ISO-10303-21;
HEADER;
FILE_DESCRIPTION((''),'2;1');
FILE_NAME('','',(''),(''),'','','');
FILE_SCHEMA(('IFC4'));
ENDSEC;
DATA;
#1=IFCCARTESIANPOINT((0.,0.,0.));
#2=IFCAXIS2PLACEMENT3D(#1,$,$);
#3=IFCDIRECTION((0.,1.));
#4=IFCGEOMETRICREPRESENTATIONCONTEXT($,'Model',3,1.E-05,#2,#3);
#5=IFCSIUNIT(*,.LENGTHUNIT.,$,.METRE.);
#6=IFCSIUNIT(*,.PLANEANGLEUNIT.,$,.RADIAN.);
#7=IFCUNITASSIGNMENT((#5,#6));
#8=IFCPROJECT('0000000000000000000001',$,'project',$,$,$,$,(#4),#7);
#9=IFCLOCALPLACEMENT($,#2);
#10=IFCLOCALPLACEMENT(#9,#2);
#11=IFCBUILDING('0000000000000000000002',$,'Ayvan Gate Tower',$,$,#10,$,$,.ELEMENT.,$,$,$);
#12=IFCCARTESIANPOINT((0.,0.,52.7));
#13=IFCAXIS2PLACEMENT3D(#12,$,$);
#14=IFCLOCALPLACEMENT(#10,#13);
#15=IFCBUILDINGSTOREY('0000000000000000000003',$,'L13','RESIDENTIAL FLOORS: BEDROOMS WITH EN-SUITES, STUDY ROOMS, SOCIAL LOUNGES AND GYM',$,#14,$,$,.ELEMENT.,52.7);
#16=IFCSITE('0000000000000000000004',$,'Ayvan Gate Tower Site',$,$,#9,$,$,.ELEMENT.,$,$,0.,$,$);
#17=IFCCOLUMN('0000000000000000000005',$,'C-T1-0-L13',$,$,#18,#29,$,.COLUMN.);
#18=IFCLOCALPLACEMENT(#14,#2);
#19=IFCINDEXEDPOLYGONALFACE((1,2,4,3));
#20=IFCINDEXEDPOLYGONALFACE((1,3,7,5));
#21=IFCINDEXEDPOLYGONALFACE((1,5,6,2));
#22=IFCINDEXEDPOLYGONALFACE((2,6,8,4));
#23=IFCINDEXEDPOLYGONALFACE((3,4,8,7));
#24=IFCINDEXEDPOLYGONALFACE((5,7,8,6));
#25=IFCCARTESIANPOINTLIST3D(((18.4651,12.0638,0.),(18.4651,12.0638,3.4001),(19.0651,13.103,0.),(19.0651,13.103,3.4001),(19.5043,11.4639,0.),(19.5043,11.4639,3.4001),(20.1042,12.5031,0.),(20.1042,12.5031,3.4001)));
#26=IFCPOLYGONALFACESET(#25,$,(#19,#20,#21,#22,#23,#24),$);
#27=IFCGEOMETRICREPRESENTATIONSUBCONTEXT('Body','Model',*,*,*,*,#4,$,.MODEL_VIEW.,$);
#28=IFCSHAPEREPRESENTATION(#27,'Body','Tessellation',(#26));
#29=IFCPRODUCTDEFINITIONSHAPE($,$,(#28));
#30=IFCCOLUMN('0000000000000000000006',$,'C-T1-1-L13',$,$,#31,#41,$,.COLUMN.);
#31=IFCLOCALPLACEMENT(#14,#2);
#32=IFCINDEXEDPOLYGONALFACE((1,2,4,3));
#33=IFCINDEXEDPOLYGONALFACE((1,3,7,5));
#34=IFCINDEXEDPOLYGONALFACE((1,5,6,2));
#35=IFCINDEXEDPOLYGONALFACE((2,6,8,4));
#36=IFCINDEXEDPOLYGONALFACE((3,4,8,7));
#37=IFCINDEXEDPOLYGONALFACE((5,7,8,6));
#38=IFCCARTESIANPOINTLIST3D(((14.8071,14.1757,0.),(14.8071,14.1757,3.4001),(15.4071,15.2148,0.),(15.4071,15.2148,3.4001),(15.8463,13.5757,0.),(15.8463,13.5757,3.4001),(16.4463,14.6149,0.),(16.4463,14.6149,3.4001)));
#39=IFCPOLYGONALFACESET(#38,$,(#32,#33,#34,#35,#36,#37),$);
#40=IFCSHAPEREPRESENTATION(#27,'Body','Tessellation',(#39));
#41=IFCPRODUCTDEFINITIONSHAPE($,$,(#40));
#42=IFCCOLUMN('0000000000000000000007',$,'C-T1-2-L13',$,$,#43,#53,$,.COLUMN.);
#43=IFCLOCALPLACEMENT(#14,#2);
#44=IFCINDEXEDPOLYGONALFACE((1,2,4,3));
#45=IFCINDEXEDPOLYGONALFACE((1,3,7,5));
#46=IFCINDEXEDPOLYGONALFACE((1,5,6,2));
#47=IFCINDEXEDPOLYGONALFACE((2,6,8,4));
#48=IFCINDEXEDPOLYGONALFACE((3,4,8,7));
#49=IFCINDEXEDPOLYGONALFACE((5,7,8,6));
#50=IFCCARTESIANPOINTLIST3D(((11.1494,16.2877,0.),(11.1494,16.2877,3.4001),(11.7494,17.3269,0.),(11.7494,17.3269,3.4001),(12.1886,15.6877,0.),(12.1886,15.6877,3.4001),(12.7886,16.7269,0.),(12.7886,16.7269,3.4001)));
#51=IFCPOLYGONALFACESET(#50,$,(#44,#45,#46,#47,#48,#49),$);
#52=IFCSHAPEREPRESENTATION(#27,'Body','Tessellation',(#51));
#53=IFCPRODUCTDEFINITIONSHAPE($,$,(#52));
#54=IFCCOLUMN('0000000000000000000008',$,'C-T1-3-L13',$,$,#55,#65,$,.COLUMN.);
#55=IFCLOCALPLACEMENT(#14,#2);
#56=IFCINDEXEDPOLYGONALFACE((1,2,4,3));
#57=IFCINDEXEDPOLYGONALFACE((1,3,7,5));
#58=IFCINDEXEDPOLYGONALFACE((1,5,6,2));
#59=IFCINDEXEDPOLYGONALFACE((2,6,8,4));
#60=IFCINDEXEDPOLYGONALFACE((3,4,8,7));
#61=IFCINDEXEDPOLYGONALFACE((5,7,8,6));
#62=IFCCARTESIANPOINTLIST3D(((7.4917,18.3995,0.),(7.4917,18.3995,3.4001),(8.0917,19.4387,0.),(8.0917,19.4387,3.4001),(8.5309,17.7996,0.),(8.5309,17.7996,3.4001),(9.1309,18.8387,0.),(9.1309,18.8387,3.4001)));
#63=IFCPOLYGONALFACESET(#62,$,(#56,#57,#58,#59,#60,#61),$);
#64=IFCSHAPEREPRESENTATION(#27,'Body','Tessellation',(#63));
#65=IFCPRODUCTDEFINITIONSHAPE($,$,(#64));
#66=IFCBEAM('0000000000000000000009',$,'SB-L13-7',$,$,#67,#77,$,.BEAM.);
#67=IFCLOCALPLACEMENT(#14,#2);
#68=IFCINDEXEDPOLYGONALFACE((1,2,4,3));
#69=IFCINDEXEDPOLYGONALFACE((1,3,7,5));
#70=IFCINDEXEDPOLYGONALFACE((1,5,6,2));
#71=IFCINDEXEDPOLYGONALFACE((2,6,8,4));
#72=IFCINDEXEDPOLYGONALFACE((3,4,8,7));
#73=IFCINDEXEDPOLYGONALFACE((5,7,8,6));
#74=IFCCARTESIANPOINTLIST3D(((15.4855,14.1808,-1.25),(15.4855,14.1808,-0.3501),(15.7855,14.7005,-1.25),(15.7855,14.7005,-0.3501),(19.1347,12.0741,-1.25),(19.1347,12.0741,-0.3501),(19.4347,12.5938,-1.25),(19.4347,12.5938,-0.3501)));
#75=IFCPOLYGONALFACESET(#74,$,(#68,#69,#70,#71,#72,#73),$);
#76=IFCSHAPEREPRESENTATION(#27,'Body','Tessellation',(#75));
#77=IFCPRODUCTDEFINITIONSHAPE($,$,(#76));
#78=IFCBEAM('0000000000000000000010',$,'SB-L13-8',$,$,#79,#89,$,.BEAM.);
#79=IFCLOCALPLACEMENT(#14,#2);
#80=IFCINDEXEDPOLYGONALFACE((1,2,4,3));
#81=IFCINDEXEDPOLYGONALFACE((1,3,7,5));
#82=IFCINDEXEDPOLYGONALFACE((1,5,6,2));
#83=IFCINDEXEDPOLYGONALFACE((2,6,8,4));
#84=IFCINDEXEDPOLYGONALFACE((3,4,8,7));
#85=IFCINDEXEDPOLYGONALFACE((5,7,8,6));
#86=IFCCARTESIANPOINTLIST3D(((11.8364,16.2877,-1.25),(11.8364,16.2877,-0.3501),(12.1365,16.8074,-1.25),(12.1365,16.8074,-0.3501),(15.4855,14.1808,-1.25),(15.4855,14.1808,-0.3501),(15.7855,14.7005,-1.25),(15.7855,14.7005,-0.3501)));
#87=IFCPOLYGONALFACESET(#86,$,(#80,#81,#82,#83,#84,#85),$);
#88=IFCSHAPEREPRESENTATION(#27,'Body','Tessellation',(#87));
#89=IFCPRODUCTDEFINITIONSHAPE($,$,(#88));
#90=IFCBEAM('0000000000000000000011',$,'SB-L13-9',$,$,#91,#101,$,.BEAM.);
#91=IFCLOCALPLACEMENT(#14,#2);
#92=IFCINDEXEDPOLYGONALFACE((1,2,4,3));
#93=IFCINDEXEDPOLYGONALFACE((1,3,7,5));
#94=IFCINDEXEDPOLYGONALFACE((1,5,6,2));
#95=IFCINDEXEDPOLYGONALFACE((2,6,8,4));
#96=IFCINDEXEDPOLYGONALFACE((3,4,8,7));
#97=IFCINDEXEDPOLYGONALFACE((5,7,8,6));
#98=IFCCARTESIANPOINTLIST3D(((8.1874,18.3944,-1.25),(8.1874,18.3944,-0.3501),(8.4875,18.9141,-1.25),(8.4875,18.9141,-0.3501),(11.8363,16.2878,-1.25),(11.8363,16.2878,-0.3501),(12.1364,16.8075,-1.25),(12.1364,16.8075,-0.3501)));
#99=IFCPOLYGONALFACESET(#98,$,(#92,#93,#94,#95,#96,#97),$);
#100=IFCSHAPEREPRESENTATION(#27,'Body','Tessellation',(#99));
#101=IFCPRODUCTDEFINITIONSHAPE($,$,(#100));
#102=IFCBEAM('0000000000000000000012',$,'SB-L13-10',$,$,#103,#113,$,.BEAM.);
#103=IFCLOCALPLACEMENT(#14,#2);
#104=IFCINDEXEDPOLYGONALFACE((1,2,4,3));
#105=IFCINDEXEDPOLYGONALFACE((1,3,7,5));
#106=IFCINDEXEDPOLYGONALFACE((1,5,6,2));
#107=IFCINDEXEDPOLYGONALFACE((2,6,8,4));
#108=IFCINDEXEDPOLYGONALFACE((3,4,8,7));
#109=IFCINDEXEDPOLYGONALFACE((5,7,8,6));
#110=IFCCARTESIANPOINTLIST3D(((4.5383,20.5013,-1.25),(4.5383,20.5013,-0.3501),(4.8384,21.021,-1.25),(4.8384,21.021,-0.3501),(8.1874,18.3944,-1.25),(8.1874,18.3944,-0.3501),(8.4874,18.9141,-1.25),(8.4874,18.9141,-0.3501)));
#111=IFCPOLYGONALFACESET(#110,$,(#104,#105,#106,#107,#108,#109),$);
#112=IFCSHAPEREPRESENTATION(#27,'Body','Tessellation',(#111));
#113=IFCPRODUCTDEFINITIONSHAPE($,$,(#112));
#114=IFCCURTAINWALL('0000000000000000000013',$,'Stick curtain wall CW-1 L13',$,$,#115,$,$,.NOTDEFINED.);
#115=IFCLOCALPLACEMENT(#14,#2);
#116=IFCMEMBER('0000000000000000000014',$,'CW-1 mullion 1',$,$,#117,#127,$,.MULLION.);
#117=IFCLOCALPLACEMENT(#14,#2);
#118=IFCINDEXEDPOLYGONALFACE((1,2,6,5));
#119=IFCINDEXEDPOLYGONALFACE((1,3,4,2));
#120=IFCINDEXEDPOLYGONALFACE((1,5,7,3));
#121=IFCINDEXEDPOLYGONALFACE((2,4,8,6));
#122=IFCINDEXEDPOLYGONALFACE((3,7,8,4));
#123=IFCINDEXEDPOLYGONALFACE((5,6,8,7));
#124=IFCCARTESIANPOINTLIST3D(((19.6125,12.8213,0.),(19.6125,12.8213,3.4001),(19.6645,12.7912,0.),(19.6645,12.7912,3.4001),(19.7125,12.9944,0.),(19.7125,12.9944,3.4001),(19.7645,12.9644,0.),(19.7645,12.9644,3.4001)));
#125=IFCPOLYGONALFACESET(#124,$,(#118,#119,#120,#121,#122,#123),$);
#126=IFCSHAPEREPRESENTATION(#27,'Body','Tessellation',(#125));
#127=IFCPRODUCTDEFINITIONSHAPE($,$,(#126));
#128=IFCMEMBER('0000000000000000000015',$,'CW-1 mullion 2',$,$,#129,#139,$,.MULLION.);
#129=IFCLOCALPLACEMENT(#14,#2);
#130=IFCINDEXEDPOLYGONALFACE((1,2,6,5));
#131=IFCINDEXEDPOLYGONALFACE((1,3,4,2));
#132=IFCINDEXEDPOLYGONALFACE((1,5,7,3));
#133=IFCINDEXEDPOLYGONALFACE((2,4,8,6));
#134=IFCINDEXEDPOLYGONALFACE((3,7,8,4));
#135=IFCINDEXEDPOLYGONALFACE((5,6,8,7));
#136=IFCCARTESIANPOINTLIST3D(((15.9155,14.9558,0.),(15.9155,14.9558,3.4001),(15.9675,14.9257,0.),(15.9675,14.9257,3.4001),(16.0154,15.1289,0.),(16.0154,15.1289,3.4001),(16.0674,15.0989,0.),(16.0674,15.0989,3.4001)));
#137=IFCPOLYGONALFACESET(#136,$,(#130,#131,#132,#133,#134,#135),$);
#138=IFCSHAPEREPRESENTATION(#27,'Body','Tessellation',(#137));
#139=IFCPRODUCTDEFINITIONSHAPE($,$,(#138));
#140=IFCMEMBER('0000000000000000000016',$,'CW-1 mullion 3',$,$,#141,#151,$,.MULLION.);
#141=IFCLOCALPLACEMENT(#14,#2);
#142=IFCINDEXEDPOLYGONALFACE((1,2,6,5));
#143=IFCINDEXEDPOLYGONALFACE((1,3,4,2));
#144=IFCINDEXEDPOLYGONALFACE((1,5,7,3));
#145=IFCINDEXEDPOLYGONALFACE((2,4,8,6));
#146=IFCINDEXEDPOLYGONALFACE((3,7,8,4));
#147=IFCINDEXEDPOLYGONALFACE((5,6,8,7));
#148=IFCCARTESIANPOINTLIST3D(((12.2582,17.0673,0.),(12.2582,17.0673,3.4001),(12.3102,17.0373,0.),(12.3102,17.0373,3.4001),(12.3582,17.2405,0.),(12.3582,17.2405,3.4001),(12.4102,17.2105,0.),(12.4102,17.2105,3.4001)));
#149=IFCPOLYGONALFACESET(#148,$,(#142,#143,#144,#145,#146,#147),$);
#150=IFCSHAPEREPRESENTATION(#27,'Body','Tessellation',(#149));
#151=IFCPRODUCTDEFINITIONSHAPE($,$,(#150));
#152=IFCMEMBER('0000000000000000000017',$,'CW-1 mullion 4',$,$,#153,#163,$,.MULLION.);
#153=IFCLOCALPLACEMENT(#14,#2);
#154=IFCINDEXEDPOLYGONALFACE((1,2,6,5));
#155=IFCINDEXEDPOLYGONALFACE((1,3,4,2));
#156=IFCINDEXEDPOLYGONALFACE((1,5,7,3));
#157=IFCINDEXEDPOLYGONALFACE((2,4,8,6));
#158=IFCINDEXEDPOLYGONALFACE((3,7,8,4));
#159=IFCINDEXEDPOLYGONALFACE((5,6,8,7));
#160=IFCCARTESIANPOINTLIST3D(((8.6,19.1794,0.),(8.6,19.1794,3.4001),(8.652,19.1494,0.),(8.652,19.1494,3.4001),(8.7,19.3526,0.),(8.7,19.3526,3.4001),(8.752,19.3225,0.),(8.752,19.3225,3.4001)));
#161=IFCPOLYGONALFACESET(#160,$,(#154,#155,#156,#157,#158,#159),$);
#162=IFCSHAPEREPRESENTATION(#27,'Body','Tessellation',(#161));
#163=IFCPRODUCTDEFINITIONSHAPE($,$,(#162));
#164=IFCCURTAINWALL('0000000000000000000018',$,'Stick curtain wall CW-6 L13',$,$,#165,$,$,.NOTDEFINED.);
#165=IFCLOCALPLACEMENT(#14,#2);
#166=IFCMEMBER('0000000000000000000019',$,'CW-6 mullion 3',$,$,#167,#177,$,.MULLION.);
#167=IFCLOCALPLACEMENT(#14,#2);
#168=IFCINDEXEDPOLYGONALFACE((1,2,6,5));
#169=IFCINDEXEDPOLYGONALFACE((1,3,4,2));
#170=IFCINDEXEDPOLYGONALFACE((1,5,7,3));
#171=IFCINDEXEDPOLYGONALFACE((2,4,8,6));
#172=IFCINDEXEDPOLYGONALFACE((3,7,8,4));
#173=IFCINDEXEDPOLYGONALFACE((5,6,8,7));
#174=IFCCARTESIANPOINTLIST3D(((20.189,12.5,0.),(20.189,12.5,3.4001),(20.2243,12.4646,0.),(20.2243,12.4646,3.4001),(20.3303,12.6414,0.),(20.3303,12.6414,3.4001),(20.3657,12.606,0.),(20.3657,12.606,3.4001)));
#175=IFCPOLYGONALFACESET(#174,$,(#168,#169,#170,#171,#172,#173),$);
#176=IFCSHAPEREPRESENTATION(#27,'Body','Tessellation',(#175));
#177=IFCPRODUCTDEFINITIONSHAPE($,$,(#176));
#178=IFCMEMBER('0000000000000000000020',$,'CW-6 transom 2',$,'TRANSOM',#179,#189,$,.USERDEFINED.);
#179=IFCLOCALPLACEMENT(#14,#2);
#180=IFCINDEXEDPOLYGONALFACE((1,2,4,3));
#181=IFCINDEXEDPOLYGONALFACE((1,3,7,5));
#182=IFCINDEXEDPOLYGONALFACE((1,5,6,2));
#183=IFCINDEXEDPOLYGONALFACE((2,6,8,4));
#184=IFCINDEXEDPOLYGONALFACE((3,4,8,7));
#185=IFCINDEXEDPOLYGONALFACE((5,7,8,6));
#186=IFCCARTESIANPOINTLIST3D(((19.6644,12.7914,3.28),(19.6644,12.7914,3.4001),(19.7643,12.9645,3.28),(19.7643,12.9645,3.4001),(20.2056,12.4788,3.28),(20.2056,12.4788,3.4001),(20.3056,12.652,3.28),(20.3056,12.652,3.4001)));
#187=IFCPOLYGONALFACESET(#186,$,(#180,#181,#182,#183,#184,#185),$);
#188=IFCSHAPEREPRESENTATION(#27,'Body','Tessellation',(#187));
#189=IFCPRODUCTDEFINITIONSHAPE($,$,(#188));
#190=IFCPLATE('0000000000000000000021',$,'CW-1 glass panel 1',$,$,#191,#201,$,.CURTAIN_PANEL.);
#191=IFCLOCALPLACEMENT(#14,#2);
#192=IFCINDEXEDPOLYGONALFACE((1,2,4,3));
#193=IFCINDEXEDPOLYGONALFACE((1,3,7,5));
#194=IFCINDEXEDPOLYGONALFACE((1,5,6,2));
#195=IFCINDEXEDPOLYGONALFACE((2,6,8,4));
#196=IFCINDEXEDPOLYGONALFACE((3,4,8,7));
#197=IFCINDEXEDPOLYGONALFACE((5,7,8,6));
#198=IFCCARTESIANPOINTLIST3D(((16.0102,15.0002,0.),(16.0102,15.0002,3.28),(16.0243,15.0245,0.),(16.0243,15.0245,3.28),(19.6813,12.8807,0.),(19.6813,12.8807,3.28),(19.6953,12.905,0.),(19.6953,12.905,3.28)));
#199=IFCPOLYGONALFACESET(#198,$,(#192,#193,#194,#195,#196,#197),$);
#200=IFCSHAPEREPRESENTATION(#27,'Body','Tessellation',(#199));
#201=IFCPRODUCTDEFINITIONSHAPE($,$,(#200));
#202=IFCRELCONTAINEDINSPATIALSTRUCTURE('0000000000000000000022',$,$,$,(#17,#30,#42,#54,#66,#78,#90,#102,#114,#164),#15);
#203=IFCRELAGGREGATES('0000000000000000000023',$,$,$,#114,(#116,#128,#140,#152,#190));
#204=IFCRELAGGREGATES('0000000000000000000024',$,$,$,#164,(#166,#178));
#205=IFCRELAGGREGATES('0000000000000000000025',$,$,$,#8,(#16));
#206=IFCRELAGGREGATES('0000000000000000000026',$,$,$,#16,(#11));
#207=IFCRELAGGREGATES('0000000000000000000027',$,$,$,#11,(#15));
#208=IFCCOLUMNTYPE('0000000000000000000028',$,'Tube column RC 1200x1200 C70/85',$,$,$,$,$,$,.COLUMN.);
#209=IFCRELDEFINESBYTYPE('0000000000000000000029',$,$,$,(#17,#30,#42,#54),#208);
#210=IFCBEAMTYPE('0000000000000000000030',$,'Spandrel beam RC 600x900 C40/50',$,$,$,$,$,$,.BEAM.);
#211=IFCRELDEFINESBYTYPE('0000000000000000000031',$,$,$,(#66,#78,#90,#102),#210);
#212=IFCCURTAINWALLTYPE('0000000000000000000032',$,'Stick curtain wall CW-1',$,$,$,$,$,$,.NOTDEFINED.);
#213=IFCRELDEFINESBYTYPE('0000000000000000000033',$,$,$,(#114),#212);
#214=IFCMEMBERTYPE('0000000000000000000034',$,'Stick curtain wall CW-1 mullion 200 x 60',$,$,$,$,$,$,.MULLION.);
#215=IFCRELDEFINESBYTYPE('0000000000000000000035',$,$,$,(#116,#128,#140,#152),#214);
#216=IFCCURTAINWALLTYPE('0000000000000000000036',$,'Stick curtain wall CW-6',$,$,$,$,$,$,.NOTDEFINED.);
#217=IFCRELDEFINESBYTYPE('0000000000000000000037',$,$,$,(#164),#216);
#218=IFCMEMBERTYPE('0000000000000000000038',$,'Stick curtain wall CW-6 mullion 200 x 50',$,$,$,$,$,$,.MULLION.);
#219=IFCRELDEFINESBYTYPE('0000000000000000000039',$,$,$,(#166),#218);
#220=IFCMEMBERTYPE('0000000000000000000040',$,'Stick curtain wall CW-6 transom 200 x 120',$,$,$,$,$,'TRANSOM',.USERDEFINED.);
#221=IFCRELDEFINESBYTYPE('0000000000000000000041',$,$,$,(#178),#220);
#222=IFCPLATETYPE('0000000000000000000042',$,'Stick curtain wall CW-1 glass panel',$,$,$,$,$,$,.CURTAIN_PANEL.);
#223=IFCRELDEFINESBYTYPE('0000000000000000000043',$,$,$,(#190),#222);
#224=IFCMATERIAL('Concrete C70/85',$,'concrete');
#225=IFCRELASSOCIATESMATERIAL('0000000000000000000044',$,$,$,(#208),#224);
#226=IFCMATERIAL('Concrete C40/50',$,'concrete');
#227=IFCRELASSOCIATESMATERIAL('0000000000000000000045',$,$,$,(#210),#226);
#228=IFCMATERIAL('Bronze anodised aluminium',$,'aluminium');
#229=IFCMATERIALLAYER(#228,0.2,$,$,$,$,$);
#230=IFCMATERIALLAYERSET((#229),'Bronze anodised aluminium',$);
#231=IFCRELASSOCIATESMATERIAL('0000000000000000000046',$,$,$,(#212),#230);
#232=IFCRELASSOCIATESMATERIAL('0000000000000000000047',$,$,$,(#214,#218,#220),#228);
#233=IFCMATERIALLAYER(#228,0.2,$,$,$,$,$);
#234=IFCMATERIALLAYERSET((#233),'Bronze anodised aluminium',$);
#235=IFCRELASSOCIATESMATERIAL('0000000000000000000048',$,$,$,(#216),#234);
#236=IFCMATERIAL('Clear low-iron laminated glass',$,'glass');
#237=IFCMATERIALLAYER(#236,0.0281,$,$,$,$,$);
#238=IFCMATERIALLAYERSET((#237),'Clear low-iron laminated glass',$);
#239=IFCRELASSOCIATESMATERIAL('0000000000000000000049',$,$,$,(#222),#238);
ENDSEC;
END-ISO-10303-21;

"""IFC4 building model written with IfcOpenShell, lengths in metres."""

from ifc_helpers import new_model, si_unit, direction, frame, origin, origin_2d, place, context, subcontext, project, spatial, rectangle, extrude, material, layer, layer_set, material_profile, profile_set, type_object, element, aggregate, save


model = new_model("IFC4")

# Units and contexts
model_context = context("Model", 3, precision=1e-05, world=origin(), true_north=direction((0.0, 1.0)))
body_context = subcontext(model_context, "Body", "Model", "MODEL_VIEW")
ifc_project = project(units=[si_unit("LENGTHUNIT", "METRE"), si_unit("PLANEANGLEUNIT", "RADIAN")], contexts=[model_context])

# Site, building, storey
site_placement = place(None, origin())
site = spatial("IfcSite", under=ifc_project, at=site_placement, Name="Ayvan Gate Tower Site", CompositionType="ELEMENT", RefElevation=0.0)
building_placement = place(site_placement, origin())
building = spatial("IfcBuilding", under=site, at=building_placement, Name="Ayvan Gate Tower", CompositionType="ELEMENT")
storey_placement = place(building_placement, frame((0.0, 0.0, 52.7)))
storey = spatial("IfcBuildingStorey", under=building, at=storey_placement, Name="L13", Description="RESIDENTIAL FLOORS: BEDROOMS WITH EN-SUITES, STUDY ROOMS, SOCIAL LOUNGES AND GYM", CompositionType="ELEMENT", Elevation=52.7)

# Columns
ifc_material_1 = material(Name="Concrete C70/85", Category="concrete")
ifc_material_profile_1 = material_profile(ifc_material_1, rectangle(XDim=1.2, YDim=1.2, at=origin_2d()), Name="RC 1200x1200")
ifc_profile_set_1 = profile_set([ifc_material_profile_1], Name="Concrete C70/85")
column_type = type_object("IfcColumnType", Name="Tube column RC 1200x1200 C70/85", PredefinedType="COLUMN", material=ifc_profile_set_1)
for number, where, z_axis, x_axis, name in (
    (1, (19.2847, 12.2834, 0.0), (0.0, 0.0, 1.0), (0.5, 0.866025, 0.0), "C-T1-0-L13"),
    (2, (15.6267, 14.3953, 0.0), (0.0, 0.0, 1.0), (0.5, 0.866025, 0.0), "C-T1-1-L13"),
    (3, (11.969, 16.5073, 0.0), (0.0, 0.0, 1.0), (0.5, 0.866025, 0.0), "C-T1-2-L13"),
    (4, (8.3113, 18.6191, 0.0), (0.0, 0.0, 1.0), (0.5, 0.866025, 0.0), "C-T1-3-L13"),
):
    element("IfcColumn", number, at=place(storey_placement, frame(where, z_axis=z_axis, x_axis=x_axis)), inside=storey, type_object=column_type, Name=name, PredefinedType="COLUMN", context=body_context, shape_type="SweptSolid", body=[
        extrude(rectangle(XDim=1.2, YDim=1.2, at=origin_2d()), origin(), (0.0, 0.0, 1.0), 3.4001),
    ])

# Beams
ifc_material_2 = material(Name="Concrete C40/50", Category="concrete")
ifc_material_profile_2 = material_profile(ifc_material_2, rectangle(XDim=0.6001, YDim=0.8999, at=origin_2d()), Name="RC 600x900")
ifc_profile_set_2 = profile_set([ifc_material_profile_2], Name="Concrete C40/50")
beam_type = type_object("IfcBeamType", Name="Spandrel beam RC 600x900 C40/50", PredefinedType="BEAM", material=ifc_profile_set_2)
for number, where, z_axis, x_axis, name in (
    (5, (19.2847, 12.334, -0.8), (-0.866042, 0.499972, 0.0), (-0.499972, -0.866042, 0.0), "SB-L13-7"),
    (6, (15.6355, 14.4407, -0.8), (-0.866017, 0.500015, 0.0), (-0.500015, -0.866017, 0.0), "SB-L13-8"),
):
    element("IfcBeam", number, at=place(storey_placement, frame(where, z_axis=z_axis, x_axis=x_axis)), inside=storey, type_object=beam_type, Name=name, PredefinedType="BEAM", context=body_context, shape_type="SweptSolid", body=[
        extrude(rectangle(XDim=0.6001, YDim=0.8999, at=origin_2d()), origin(), (0.0, 0.0, 1.0), 4.2136),
    ])
beam_1_placement = place(storey_placement, frame((11.9863, 16.5476, -0.8), z_axis=(-0.866027, 0.499997, 0.0), x_axis=(-0.499997, -0.866027, 0.0)))
element("IfcBeam", 7, at=beam_1_placement, inside=storey, type_object=beam_type, Name="SB-L13-9", PredefinedType="BEAM", context=body_context, shape_type="SweptSolid", body=[
    extrude(rectangle(XDim=0.6001, YDim=0.8999, at=origin_2d()), origin(), (0.0, 0.0, 1.0), 4.2134),
])
beam_2_placement = place(storey_placement, frame((8.3374, 18.6543, -0.8), z_axis=(-0.866017, 0.500015, 0.0), x_axis=(-0.500015, -0.866017, 0.0)))
element("IfcBeam", 8, at=beam_2_placement, inside=storey, type_object=beam_type, Name="SB-L13-10", PredefinedType="BEAM", context=body_context, shape_type="SweptSolid", body=[
    extrude(rectangle(XDim=0.6001, YDim=0.8999, at=origin_2d()), origin(), (0.0, 0.0, 1.0), 4.2136),
])

# Curtain walls, members
ifc_material_3 = material(Name="Bronze anodised aluminium", Category="aluminium")
ifc_layer_1 = layer(ifc_material_3, 0.2)
ifc_layer_set_1 = layer_set([ifc_layer_1], Name="Bronze anodised aluminium")
curtain_wall_type_1 = type_object("IfcCurtainWallType", Name="Stick curtain wall CW-1", PredefinedType="NOTDEFINED", material=ifc_layer_set_1)
curtain_wall_1_placement = place(storey_placement, origin())
curtain_wall_1 = element("IfcCurtainWall", 9, at=curtain_wall_1_placement, inside=storey, type_object=curtain_wall_type_1, Name="Stick curtain wall CW-1 L13", PredefinedType="NOTDEFINED")
ifc_material_profile_3 = material_profile(ifc_material_3, rectangle(XDim=0.2, YDim=0.0601, at=origin_2d()), Name="Stick curtain wall CW-1 mullion 200 x 60")
ifc_profile_set_3 = profile_set([ifc_material_profile_3], Name="Bronze anodised aluminium")
member_type_1 = type_object("IfcMemberType", Name="Stick curtain wall CW-1 mullion 200 x 60", PredefinedType="MULLION", material=ifc_profile_set_3)
member_1_placement = place(storey_placement, frame((19.6885, 12.8928, 0.0), z_axis=(0.0, 0.0, 1.0), x_axis=(0.5, 0.866025, 0.0)))
member_1 = element("IfcMember", 10, at=member_1_placement, type_object=member_type_1, Name="CW-1 mullion 1", PredefinedType="MULLION", context=body_context, shape_type="SweptSolid", body=[
    extrude(rectangle(XDim=0.2, YDim=0.0601, at=origin_2d()), origin(), (0.0, 0.0, 1.0), 3.4001),
])
member_2_placement = place(storey_placement, frame((15.9915, 15.0273, 0.0), z_axis=(0.0, 0.0, 1.0), x_axis=(0.5, 0.866025, 0.0)))
member_2 = element("IfcMember", 11, at=member_2_placement, type_object=member_type_1, Name="CW-1 mullion 2", PredefinedType="MULLION", context=body_context, shape_type="SweptSolid", body=[
    extrude(rectangle(XDim=0.2, YDim=0.0601, at=origin_2d()), origin(), (0.0, 0.0, 1.0), 3.4001),
])
member_3_placement = place(storey_placement, frame((12.3342, 17.1389, 0.0), z_axis=(0.0, 0.0, 1.0), x_axis=(0.5, 0.866025, 0.0)))
member_3 = element("IfcMember", 12, at=member_3_placement, type_object=member_type_1, Name="CW-1 mullion 3", PredefinedType="MULLION", context=body_context, shape_type="SweptSolid", body=[
    extrude(rectangle(XDim=0.2, YDim=0.0601, at=origin_2d()), origin(), (0.0, 0.0, 1.0), 3.4001),
])
member_4_placement = place(storey_placement, frame((8.676, 19.251, 0.0), z_axis=(0.0, 0.0, 1.0), x_axis=(0.5, 0.866025, 0.0)))
member_4 = element("IfcMember", 13, at=member_4_placement, type_object=member_type_1, Name="CW-1 mullion 4", PredefinedType="MULLION", context=body_context, shape_type="SweptSolid", body=[
    extrude(rectangle(XDim=0.2, YDim=0.0601, at=origin_2d()), origin(), (0.0, 0.0, 1.0), 3.4001),
])
ifc_layer_2 = layer(ifc_material_3, 0.2)
ifc_layer_set_2 = layer_set([ifc_layer_2], Name="Bronze anodised aluminium")
curtain_wall_type_2 = type_object("IfcCurtainWallType", Name="Stick curtain wall CW-6", PredefinedType="NOTDEFINED", material=ifc_layer_set_2)
curtain_wall_2_placement = place(storey_placement, origin())
curtain_wall_2 = element("IfcCurtainWall", 14, at=curtain_wall_2_placement, inside=storey, type_object=curtain_wall_type_2, Name="Stick curtain wall CW-6 L13", PredefinedType="NOTDEFINED")
ifc_material_profile_4 = material_profile(ifc_material_3, rectangle(XDim=0.2, YDim=0.05, at=origin_2d()), Name="Stick curtain wall CW-6 mullion 200 x 50")
ifc_profile_set_4 = profile_set([ifc_material_profile_4], Name="Bronze anodised aluminium")
member_type_2 = type_object("IfcMemberType", Name="Stick curtain wall CW-6 mullion 200 x 50", PredefinedType="MULLION", material=ifc_profile_set_4)
member_5_placement = place(storey_placement, frame((20.2773, 12.553, 0.0), z_axis=(0.0, 0.0, 1.0), x_axis=(0.707107, 0.707107, 0.0)))
member_5 = element("IfcMember", 15, at=member_5_placement, type_object=member_type_2, Name="CW-6 mullion 3", PredefinedType="MULLION", context=body_context, shape_type="SweptSolid", body=[
    extrude(rectangle(XDim=0.2, YDim=0.05, at=origin_2d()), origin(), (0.0, 0.0, 1.0), 3.4001),
])
ifc_material_profile_5 = material_profile(ifc_material_3, rectangle(XDim=0.2, YDim=0.1201, at=origin_2d()), Name="Stick curtain wall CW-6 transom 200 x 120")
ifc_profile_set_5 = profile_set([ifc_material_profile_5], Name="Bronze anodised aluminium")
member_type_3 = type_object("IfcMemberType", Name="Stick curtain wall CW-6 transom 200 x 120", ElementType="TRANSOM", PredefinedType="USERDEFINED", material=ifc_profile_set_5)
member_6_placement = place(storey_placement, frame((20.2556, 12.5654, 3.3401), z_axis=(-0.866023, 0.500004, 0.0), x_axis=(-0.500004, -0.866023, 0.0)))
member_6 = element("IfcMember", 16, at=member_6_placement, type_object=member_type_3, Name="CW-6 transom 2", ObjectType="TRANSOM", PredefinedType="USERDEFINED", context=body_context, shape_type="SweptSolid", body=[
    extrude(rectangle(XDim=0.2, YDim=0.1201, at=origin_2d()), origin(), (0.0, 0.0, 1.0), 0.625),
])

# Plate
ifc_material_4 = material(Name="Clear low-iron laminated glass", Category="glass")
ifc_layer_3 = layer(ifc_material_4, 0.0281)
ifc_layer_set_3 = layer_set([ifc_layer_3], Name="Clear low-iron laminated glass")
plate_type_1 = type_object("IfcPlateType", Name="Stick curtain wall CW-1 glass panel", PredefinedType="CURTAIN_PANEL", material=ifc_layer_set_3)
plate_1_placement = place(storey_placement, frame((17.8528, 13.9526, 0.0), z_axis=(0.0, 0.0, 1.0), x_axis=(-0.866025, 0.5, 0.0)))
plate_1 = element("IfcPlate", 17, at=plate_1_placement, type_object=plate_type_1, Name="CW-1 glass panel 1", PredefinedType="CURTAIN_PANEL", context=body_context, shape_type="SweptSolid", body=[
    extrude(rectangle(XDim=4.239, YDim=0.0281, at=origin_2d()), origin(), (0.0, 0.0, 1.0), 3.28),
])
aggregate(curtain_wall_1, [member_1, member_2, member_3, member_4, plate_1])
aggregate(curtain_wall_2, [member_5, member_6])

save(model, "model.ifc")
